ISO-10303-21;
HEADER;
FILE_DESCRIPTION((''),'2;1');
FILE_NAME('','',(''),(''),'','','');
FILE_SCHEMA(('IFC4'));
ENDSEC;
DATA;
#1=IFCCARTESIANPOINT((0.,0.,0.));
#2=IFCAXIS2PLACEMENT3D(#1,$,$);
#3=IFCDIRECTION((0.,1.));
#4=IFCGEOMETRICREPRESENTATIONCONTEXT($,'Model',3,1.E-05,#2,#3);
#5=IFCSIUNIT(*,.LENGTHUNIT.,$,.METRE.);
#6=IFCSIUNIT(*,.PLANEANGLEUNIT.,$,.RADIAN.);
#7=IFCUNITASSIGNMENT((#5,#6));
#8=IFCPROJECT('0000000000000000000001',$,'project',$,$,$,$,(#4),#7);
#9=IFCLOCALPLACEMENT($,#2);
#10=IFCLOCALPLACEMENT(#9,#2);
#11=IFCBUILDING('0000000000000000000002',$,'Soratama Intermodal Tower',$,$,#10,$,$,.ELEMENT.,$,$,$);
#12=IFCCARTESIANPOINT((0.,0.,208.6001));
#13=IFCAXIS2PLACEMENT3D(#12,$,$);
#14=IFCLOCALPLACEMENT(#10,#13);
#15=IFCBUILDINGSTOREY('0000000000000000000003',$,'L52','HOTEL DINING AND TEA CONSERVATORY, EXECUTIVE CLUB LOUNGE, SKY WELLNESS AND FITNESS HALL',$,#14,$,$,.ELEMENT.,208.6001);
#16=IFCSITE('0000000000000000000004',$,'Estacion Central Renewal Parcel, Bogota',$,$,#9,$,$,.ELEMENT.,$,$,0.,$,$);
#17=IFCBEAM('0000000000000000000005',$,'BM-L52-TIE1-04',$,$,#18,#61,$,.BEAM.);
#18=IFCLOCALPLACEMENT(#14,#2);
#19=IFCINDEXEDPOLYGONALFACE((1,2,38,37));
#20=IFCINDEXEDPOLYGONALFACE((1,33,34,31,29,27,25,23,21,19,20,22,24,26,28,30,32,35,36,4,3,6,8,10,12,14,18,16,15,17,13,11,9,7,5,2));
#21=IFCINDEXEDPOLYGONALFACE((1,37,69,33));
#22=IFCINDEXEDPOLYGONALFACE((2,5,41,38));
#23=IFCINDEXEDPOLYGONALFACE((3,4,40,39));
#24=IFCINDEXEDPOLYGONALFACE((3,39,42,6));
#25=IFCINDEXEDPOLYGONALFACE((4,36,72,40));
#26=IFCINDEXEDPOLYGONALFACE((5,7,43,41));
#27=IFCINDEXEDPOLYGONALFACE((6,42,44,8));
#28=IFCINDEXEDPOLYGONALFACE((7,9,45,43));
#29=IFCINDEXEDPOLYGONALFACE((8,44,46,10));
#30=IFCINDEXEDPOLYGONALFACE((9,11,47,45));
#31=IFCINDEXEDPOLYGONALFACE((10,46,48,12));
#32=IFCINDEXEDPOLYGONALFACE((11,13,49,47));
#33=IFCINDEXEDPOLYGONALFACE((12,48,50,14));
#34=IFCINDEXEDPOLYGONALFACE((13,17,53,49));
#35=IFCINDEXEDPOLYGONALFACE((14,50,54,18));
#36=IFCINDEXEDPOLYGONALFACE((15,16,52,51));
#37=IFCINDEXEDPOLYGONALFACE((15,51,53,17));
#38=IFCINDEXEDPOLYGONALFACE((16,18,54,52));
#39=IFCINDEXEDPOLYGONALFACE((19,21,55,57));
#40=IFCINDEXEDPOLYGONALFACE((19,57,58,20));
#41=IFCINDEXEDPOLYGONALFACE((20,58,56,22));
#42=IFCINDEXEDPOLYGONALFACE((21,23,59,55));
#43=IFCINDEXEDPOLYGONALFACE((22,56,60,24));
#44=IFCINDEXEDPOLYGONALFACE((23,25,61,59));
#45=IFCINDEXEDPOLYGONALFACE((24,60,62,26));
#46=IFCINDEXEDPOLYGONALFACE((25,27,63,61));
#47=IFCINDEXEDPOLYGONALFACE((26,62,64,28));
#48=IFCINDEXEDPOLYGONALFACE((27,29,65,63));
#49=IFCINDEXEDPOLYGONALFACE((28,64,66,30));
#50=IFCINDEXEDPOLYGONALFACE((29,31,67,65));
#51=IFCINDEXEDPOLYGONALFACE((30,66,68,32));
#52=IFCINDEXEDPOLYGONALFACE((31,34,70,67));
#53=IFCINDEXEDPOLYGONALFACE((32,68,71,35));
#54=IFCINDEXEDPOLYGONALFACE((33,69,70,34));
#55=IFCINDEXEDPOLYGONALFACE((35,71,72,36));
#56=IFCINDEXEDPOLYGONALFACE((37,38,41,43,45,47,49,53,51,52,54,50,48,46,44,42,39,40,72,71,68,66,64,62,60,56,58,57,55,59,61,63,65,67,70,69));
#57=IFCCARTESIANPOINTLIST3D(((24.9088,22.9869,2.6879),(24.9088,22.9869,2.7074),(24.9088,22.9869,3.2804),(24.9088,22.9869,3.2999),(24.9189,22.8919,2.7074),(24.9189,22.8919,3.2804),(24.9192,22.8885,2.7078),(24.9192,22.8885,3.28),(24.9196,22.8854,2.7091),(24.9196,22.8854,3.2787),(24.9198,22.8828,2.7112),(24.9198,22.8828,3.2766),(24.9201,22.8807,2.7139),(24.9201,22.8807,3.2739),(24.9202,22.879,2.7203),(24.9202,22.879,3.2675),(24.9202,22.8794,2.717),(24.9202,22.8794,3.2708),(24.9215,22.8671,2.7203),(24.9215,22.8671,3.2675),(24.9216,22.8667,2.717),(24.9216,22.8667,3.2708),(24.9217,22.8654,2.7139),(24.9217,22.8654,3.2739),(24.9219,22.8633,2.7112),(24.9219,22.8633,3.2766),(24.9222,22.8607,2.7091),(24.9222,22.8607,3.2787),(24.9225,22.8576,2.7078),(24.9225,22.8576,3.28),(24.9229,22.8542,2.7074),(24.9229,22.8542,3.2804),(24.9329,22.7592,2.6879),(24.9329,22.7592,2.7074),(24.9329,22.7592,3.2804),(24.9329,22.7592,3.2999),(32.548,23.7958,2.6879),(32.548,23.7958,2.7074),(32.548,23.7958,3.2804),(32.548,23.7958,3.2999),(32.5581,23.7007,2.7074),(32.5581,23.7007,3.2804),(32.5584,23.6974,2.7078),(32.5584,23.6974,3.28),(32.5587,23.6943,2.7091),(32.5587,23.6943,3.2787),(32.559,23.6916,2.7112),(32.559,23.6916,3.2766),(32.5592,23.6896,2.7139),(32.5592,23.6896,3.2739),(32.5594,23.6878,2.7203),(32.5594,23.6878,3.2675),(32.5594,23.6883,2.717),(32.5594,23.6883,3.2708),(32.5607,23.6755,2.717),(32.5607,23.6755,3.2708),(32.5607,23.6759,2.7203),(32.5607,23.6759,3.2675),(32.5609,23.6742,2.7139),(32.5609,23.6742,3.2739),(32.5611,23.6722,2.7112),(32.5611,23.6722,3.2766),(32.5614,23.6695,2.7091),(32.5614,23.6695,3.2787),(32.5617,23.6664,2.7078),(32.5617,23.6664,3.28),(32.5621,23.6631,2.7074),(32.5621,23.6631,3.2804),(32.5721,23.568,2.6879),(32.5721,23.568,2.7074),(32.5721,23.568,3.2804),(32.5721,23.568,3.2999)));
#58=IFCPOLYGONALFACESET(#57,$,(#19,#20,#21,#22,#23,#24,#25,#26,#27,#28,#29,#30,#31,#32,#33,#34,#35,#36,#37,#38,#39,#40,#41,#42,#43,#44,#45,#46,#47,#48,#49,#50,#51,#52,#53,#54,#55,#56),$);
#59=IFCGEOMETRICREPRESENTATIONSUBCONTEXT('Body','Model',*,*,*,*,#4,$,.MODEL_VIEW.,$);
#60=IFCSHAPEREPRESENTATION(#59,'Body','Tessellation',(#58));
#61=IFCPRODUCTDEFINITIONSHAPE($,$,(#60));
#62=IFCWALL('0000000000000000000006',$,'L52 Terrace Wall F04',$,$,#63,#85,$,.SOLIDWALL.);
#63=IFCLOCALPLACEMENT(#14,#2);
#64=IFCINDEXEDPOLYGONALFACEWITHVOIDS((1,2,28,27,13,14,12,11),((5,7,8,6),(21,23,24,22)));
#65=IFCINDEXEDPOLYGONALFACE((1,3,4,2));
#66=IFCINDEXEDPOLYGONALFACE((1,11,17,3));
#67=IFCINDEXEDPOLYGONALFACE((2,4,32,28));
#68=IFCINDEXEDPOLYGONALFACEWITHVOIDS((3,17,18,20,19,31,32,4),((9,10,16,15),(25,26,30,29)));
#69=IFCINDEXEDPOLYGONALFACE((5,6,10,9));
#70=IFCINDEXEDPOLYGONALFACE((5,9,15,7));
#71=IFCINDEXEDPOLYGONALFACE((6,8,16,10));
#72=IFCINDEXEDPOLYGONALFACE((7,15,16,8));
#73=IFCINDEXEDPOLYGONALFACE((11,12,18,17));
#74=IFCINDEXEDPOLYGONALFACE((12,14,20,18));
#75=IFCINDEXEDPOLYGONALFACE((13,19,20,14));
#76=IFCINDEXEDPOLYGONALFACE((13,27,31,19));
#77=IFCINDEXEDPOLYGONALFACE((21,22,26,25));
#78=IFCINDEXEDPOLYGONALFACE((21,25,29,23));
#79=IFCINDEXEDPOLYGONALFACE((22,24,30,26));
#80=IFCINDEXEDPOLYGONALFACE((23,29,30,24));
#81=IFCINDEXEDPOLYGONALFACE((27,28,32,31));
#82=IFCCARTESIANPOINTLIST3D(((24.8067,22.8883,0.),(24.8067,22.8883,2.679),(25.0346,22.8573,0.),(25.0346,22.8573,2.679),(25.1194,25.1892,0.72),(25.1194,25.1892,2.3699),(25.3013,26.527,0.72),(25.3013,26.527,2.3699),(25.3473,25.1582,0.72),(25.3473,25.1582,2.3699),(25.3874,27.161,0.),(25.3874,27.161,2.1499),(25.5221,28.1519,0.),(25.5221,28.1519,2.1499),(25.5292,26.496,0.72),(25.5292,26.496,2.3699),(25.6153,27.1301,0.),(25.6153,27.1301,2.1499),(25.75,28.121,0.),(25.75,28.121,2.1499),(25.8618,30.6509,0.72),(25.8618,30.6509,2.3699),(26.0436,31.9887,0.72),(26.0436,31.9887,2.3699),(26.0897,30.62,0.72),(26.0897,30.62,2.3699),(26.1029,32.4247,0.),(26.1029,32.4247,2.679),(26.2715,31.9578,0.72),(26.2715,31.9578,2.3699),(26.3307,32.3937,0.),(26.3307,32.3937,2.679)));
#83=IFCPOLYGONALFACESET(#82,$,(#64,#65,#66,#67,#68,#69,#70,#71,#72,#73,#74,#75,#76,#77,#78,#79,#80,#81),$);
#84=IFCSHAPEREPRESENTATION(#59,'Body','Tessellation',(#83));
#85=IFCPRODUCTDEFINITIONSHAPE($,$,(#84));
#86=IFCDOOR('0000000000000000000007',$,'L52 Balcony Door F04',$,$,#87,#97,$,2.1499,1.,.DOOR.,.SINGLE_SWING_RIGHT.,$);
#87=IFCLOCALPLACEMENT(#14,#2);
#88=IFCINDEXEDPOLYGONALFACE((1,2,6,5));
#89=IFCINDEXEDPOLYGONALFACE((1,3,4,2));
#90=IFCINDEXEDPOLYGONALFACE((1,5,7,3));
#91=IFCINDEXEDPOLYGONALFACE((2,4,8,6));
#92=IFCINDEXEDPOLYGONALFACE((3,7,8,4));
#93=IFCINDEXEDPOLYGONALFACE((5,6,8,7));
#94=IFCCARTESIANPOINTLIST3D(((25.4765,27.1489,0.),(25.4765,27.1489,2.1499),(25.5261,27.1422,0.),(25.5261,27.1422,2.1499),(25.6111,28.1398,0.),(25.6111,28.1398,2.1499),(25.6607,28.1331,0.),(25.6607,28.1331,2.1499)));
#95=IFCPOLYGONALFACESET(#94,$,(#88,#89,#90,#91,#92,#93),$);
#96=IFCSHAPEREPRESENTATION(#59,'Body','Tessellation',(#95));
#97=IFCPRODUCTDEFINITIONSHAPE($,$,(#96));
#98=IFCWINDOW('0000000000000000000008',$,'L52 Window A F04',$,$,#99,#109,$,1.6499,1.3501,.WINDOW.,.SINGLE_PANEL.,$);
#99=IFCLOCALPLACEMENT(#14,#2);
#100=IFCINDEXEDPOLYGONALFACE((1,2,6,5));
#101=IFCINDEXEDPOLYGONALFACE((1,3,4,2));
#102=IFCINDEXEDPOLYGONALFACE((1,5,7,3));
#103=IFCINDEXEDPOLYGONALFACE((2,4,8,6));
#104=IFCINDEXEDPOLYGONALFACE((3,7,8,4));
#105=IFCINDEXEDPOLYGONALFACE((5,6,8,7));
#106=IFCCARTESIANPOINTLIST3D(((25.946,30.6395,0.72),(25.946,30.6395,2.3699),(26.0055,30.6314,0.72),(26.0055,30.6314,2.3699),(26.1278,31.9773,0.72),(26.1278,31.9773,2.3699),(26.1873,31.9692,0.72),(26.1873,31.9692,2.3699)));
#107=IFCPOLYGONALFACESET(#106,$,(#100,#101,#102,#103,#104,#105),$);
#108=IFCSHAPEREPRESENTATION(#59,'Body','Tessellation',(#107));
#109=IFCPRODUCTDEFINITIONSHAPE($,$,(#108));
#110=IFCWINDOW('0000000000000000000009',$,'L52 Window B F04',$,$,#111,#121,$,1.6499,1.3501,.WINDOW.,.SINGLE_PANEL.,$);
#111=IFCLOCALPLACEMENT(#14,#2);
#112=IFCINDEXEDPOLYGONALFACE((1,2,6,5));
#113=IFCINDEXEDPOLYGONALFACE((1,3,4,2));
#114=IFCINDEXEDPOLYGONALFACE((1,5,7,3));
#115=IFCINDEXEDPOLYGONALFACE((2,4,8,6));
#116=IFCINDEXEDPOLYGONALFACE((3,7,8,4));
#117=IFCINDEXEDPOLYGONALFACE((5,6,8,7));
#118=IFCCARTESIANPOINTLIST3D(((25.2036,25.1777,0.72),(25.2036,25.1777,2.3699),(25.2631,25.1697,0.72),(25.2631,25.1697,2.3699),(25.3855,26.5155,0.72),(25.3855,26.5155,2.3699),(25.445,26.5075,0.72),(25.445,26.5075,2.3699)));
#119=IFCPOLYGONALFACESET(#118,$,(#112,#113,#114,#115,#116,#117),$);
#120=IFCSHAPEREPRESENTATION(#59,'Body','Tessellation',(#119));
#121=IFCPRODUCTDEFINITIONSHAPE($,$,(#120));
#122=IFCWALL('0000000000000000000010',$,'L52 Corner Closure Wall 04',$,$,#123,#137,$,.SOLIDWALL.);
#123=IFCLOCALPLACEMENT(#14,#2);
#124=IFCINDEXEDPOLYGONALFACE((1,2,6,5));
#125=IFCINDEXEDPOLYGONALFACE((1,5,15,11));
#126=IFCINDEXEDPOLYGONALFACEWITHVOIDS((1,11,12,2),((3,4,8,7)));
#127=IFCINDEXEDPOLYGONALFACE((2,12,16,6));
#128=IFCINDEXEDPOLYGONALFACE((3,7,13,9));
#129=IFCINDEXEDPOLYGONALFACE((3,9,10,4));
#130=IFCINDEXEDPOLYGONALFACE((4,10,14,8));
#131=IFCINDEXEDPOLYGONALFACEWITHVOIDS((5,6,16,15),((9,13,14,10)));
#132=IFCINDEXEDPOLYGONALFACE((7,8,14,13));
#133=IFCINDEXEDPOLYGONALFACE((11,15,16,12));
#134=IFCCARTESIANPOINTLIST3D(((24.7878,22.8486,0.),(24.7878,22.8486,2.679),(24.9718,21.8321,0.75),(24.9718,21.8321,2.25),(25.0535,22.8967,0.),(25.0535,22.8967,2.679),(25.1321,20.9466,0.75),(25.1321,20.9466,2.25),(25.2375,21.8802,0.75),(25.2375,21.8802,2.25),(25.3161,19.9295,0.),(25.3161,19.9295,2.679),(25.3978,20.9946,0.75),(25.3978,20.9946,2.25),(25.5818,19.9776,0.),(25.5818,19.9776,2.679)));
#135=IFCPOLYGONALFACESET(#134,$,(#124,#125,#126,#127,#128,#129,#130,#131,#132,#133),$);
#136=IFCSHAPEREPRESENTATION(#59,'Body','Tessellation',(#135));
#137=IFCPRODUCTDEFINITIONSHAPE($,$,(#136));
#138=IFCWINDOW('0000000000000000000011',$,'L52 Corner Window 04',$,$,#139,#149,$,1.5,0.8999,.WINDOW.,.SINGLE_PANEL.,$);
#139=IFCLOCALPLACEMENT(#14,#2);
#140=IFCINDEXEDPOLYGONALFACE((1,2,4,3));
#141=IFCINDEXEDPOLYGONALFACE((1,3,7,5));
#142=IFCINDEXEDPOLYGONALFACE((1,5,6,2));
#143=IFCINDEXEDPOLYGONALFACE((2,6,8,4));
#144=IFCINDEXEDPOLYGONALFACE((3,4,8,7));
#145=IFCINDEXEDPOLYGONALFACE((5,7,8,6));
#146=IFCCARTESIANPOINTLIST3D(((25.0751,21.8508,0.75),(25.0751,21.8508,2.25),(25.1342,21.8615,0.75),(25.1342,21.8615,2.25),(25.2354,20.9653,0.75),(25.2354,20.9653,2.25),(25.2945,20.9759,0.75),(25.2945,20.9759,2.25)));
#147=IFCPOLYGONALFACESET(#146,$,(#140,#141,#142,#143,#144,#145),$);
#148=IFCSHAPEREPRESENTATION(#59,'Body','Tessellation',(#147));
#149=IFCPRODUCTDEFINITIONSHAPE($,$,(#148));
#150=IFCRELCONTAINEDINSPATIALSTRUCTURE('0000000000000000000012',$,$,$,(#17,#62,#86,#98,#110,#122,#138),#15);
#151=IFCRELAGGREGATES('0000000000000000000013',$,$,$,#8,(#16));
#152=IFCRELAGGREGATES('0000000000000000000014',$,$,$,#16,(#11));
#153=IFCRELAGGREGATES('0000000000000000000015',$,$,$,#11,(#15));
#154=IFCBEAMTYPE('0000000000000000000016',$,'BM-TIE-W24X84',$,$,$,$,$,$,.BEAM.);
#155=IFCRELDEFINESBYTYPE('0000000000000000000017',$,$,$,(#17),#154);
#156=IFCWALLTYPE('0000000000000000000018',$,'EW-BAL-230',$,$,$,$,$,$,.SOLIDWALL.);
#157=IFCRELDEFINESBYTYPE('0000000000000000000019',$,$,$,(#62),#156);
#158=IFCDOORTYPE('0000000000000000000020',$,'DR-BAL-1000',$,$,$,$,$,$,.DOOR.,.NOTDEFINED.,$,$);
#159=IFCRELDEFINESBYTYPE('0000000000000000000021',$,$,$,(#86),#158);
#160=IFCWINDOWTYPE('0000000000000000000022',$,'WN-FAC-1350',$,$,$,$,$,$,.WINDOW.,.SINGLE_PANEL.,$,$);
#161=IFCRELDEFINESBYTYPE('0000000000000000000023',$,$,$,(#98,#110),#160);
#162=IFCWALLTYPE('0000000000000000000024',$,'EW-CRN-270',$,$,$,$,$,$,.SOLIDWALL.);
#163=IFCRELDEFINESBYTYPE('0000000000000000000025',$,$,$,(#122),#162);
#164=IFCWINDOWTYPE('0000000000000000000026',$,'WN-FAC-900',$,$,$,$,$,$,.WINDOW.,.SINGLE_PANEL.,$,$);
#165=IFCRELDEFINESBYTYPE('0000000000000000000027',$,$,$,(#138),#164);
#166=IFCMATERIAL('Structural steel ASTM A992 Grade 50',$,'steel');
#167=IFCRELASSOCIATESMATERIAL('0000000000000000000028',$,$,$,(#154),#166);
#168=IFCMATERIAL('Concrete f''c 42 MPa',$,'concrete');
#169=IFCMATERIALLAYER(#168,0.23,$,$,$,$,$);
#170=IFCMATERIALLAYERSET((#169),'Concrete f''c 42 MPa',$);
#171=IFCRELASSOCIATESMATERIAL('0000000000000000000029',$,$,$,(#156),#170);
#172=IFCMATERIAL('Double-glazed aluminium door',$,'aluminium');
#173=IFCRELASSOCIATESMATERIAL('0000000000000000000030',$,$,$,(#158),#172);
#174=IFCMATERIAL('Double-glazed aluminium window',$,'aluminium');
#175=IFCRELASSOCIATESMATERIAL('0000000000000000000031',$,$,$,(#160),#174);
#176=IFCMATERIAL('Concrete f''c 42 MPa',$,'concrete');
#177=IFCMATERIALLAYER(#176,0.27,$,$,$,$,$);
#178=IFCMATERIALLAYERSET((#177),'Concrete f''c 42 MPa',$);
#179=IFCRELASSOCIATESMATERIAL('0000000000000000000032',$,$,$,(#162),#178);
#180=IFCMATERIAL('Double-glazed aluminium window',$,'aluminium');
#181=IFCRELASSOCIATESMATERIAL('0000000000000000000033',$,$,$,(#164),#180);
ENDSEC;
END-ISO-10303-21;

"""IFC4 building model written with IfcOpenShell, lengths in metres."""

from ifc_helpers import new_model, si_unit, direction, frame, frame_2d, origin, origin_2d, place, context, subcontext, project, spatial, rectangle, i_section, extrude, material, layer, layer_set, material_profile, profile_set, type_object, element, fill, save


model = new_model("IFC4")

# Units and contexts
model_context = context("Model", 3, precision=1e-05, world=origin(), true_north=direction((0.0, 1.0)))
body_context = subcontext(model_context, "Body", "Model", "MODEL_VIEW")
ifc_project = project(units=[si_unit("LENGTHUNIT", "METRE"), si_unit("PLANEANGLEUNIT", "RADIAN")], contexts=[model_context])

# Site, building, storey
site_placement = place(None, origin())
site = spatial("IfcSite", under=ifc_project, at=site_placement, Name="Estacion Central Renewal Parcel, Bogota", CompositionType="ELEMENT", RefElevation=0.0)
building_placement = place(site_placement, origin())
building = spatial("IfcBuilding", under=site, at=building_placement, Name="Soratama Intermodal Tower", CompositionType="ELEMENT")
storey_placement = place(building_placement, frame((0.0, 0.0, 208.6001)))
storey = spatial("IfcBuildingStorey", under=building, at=storey_placement, Name="L52", Description="HOTEL DINING AND TEA CONSERVATORY, EXECUTIVE CLUB LOUNGE, SKY WELLNESS AND FITNESS HALL", CompositionType="ELEMENT", Elevation=208.6001)

# Beam
ifc_material_1 = material(Name="Structural steel ASTM A992 Grade 50", Category="steel")
ifc_material_profile_1 = material_profile(ifc_material_1, i_section(OverallWidth=0.229, OverallDepth=0.6121, WebThickness=0.012, FlangeThickness=0.0195, FilletRadius=0.0129, at=origin_2d()), Name="W24X84")
ifc_profile_set_1 = profile_set([ifc_material_profile_1], Name="Structural steel ASTM A992 Grade 50")
beam_type_1 = type_object("IfcBeamType", Name="BM-TIE-W24X84", PredefinedType="BEAM", material=ifc_profile_set_1)
beam_1_placement = place(storey_placement, frame((32.5601, 23.6819, 2.9939), z_axis=(-0.994441, -0.105292, 0.0), x_axis=(0.105292, -0.994441, 0.0)))
element("IfcBeam", 1, at=beam_1_placement, inside=storey, type_object=beam_type_1, Name="BM-L52-TIE1-04", PredefinedType="BEAM", context=body_context, shape_type="SweptSolid", body=[
    extrude(i_section(OverallWidth=0.229, OverallDepth=0.6121, WebThickness=0.012, FlangeThickness=0.0195, FilletRadius=0.0129, at=origin_2d()), origin(), (0.0, 0.0, 1.0), 7.6819),
])

# Wall, openings, door, windows
ifc_material_2 = material(Name="Concrete f'c 42 MPa", Category="concrete")
ifc_layer_1 = layer(ifc_material_2, 0.23)
ifc_layer_set_1 = layer_set([ifc_layer_1], Name="Concrete f'c 42 MPa")
wall_type_1 = type_object("IfcWallType", Name="EW-BAL-230", PredefinedType="SOLIDWALL", material=ifc_layer_set_1)
wall_1_placement = place(storey_placement, frame((26.2168, 32.4092, 0.0), z_axis=(0.0, 0.0, 1.0), x_axis=(-0.134677, -0.99089, 0.0)))
wall_1 = element("IfcWall", 2, at=wall_1_placement, inside=storey, type_object=wall_type_1, Name="L52 Terrace Wall F04", PredefinedType="SOLIDWALL", context=body_context, shape_type="SweptSolid", body=[
    extrude(rectangle(XDim=9.624, YDim=0.23, at=frame_2d((4.812, 0.0))), origin(), (0.0, 0.0, 1.0), 2.679),
])
opening_1_placement = place(wall_1_placement, frame((4.312, 0.0, 0.0)))
opening_1 = element("IfcOpeningElement", 3, at=opening_1_placement, cuts=wall_1, PredefinedType="OPENING", context=body_context, shape_type="SweptSolid", body=[
    extrude(rectangle(XDim=1.0, YDim=2.1499, at=frame_2d((0.5, 1.075))), frame((0.0, 0.125, 0.0), z_axis=(0.0, -1.0, 0.0), x_axis=(1.0, 0.0, 0.0)), (0.0, 0.0, 1.0), 0.25),
])
opening_2_placement = place(wall_1_placement, frame((0.4399, 0.0, 0.72)))
opening_2 = element("IfcOpeningElement", 4, at=opening_2_placement, cuts=wall_1, PredefinedType="OPENING", context=body_context, shape_type="SweptSolid", body=[
    extrude(rectangle(XDim=1.3501, YDim=1.6499, at=frame_2d((0.675, 0.825))), frame((0.0, 0.125, 0.0), z_axis=(0.0, -1.0, 0.0), x_axis=(1.0, 0.0, 0.0)), (0.0, 0.0, 1.0), 0.25),
])
opening_3_placement = place(wall_1_placement, frame((5.9519, 0.0, 0.72)))
opening_3 = element("IfcOpeningElement", 5, at=opening_3_placement, cuts=wall_1, PredefinedType="OPENING", context=body_context, shape_type="SweptSolid", body=[
    extrude(rectangle(XDim=1.3501, YDim=1.6499, at=frame_2d((0.675, 0.825))), frame((0.0, 0.125, 0.0), z_axis=(0.0, -1.0, 0.0), x_axis=(1.0, 0.0, 0.0)), (0.0, 0.0, 1.0), 0.25),
])
ifc_material_3 = material(Name="Double-glazed aluminium door", Category="aluminium")
door_type_1 = type_object("IfcDoorType", Name="DR-BAL-1000", OperationType="NOTDEFINED", PredefinedType="DOOR", material=ifc_material_3)
door_1_placement = place(opening_1_placement, origin())
door_1 = element("IfcDoor", 6, at=door_1_placement, inside=storey, type_object=door_type_1, Name="L52 Balcony Door F04", OperationType="SINGLE_SWING_RIGHT", OverallHeight=2.1499, OverallWidth=1.0, PredefinedType="DOOR", context=body_context, shape_type="SweptSolid", body=[
    extrude(rectangle(XDim=1.0, YDim=2.1499, at=frame_2d((0.5, 1.075))), frame((0.0, 0.0249, 0.0), z_axis=(0.0, -1.0, 0.0), x_axis=(1.0, 0.0, 0.0)), (0.0, 0.0, 1.0), 0.05),
])
fill(opening_1, door_1)
ifc_material_4 = material(Name="Double-glazed aluminium window", Category="aluminium")
window_type_1 = type_object("IfcWindowType", Name="WN-FAC-1350", PartitioningType="SINGLE_PANEL", PredefinedType="WINDOW", material=ifc_material_4)
window_1_placement = place(opening_2_placement, origin())
window_1 = element("IfcWindow", 7, at=window_1_placement, inside=storey, type_object=window_type_1, Name="L52 Window A F04", OverallHeight=1.6499, OverallWidth=1.3501, PartitioningType="SINGLE_PANEL", PredefinedType="WINDOW", context=body_context, shape_type="SweptSolid", body=[
    extrude(rectangle(XDim=1.3501, YDim=1.6499, at=frame_2d((0.675, 0.825))), frame((0.0, 0.03, 0.0), z_axis=(0.0, -1.0, 0.0), x_axis=(1.0, 0.0, 0.0)), (0.0, 0.0, 1.0), 0.0601),
])
fill(opening_2, window_1)
window_2_placement = place(opening_3_placement, origin())
window_2 = element("IfcWindow", 8, at=window_2_placement, inside=storey, type_object=window_type_1, Name="L52 Window B F04", OverallHeight=1.6499, OverallWidth=1.3501, PartitioningType="SINGLE_PANEL", PredefinedType="WINDOW", context=body_context, shape_type="SweptSolid", body=[
    extrude(rectangle(XDim=1.3501, YDim=1.6499, at=frame_2d((0.675, 0.825))), frame((0.0, 0.03, 0.0), z_axis=(0.0, -1.0, 0.0), x_axis=(1.0, 0.0, 0.0)), (0.0, 0.0, 1.0), 0.0601),
])
fill(opening_3, window_2)

# Wall, opening, window
ifc_material_5 = material(Name="Concrete f'c 42 MPa", Category="concrete")
ifc_layer_2 = layer(ifc_material_5, 0.27)
ifc_layer_set_2 = layer_set([ifc_layer_2], Name="Concrete f'c 42 MPa")
wall_type_2 = type_object("IfcWallType", Name="EW-CRN-270", PredefinedType="SOLIDWALL", material=ifc_layer_set_2)
wall_2_placement = place(storey_placement, frame((24.9207, 22.8728, 0.0), z_axis=(0.0, 0.0, 1.0), x_axis=(0.178089, -0.984014, 0.0)))
wall_2 = element("IfcWall", 9, at=wall_2_placement, inside=storey, type_object=wall_type_2, Name="L52 Corner Closure Wall 04", PredefinedType="SOLIDWALL", context=body_context, shape_type="SweptSolid", body=[
    extrude(rectangle(XDim=2.9666, YDim=0.27, at=frame_2d((1.4834, 0.0))), origin(), (0.0, 0.0, 1.0), 2.679),
])
opening_4_placement = place(wall_2_placement, frame((1.0332, 0.0, 0.75)))
opening_4 = element("IfcOpeningElement", 10, at=opening_4_placement, cuts=wall_2, PredefinedType="OPENING", context=body_context, shape_type="SweptSolid", body=[
    extrude(rectangle(XDim=0.8999, YDim=1.5, at=frame_2d((0.45, 0.75))), frame((0.0, 0.145, 0.0), z_axis=(0.0, -1.0, 0.0), x_axis=(1.0, 0.0, 0.0)), (0.0, 0.0, 1.0), 0.29),
])
ifc_material_6 = material(Name="Double-glazed aluminium window", Category="aluminium")
window_type_2 = type_object("IfcWindowType", Name="WN-FAC-900", PartitioningType="SINGLE_PANEL", PredefinedType="WINDOW", material=ifc_material_6)
window_3_placement = place(opening_4_placement, origin())
window_3 = element("IfcWindow", 11, at=window_3_placement, inside=storey, type_object=window_type_2, Name="L52 Corner Window 04", OverallHeight=1.5, OverallWidth=0.8999, PartitioningType="SINGLE_PANEL", PredefinedType="WINDOW", context=body_context, shape_type="SweptSolid", body=[
    extrude(rectangle(XDim=0.8999, YDim=1.5, at=frame_2d((0.45, 0.75))), frame((0.0, 0.03, 0.0), z_axis=(0.0, -1.0, 0.0), x_axis=(1.0, 0.0, 0.0)), (0.0, 0.0, 1.0), 0.0601),
])
fill(opening_4, window_3)

save(model, "model.ifc")
